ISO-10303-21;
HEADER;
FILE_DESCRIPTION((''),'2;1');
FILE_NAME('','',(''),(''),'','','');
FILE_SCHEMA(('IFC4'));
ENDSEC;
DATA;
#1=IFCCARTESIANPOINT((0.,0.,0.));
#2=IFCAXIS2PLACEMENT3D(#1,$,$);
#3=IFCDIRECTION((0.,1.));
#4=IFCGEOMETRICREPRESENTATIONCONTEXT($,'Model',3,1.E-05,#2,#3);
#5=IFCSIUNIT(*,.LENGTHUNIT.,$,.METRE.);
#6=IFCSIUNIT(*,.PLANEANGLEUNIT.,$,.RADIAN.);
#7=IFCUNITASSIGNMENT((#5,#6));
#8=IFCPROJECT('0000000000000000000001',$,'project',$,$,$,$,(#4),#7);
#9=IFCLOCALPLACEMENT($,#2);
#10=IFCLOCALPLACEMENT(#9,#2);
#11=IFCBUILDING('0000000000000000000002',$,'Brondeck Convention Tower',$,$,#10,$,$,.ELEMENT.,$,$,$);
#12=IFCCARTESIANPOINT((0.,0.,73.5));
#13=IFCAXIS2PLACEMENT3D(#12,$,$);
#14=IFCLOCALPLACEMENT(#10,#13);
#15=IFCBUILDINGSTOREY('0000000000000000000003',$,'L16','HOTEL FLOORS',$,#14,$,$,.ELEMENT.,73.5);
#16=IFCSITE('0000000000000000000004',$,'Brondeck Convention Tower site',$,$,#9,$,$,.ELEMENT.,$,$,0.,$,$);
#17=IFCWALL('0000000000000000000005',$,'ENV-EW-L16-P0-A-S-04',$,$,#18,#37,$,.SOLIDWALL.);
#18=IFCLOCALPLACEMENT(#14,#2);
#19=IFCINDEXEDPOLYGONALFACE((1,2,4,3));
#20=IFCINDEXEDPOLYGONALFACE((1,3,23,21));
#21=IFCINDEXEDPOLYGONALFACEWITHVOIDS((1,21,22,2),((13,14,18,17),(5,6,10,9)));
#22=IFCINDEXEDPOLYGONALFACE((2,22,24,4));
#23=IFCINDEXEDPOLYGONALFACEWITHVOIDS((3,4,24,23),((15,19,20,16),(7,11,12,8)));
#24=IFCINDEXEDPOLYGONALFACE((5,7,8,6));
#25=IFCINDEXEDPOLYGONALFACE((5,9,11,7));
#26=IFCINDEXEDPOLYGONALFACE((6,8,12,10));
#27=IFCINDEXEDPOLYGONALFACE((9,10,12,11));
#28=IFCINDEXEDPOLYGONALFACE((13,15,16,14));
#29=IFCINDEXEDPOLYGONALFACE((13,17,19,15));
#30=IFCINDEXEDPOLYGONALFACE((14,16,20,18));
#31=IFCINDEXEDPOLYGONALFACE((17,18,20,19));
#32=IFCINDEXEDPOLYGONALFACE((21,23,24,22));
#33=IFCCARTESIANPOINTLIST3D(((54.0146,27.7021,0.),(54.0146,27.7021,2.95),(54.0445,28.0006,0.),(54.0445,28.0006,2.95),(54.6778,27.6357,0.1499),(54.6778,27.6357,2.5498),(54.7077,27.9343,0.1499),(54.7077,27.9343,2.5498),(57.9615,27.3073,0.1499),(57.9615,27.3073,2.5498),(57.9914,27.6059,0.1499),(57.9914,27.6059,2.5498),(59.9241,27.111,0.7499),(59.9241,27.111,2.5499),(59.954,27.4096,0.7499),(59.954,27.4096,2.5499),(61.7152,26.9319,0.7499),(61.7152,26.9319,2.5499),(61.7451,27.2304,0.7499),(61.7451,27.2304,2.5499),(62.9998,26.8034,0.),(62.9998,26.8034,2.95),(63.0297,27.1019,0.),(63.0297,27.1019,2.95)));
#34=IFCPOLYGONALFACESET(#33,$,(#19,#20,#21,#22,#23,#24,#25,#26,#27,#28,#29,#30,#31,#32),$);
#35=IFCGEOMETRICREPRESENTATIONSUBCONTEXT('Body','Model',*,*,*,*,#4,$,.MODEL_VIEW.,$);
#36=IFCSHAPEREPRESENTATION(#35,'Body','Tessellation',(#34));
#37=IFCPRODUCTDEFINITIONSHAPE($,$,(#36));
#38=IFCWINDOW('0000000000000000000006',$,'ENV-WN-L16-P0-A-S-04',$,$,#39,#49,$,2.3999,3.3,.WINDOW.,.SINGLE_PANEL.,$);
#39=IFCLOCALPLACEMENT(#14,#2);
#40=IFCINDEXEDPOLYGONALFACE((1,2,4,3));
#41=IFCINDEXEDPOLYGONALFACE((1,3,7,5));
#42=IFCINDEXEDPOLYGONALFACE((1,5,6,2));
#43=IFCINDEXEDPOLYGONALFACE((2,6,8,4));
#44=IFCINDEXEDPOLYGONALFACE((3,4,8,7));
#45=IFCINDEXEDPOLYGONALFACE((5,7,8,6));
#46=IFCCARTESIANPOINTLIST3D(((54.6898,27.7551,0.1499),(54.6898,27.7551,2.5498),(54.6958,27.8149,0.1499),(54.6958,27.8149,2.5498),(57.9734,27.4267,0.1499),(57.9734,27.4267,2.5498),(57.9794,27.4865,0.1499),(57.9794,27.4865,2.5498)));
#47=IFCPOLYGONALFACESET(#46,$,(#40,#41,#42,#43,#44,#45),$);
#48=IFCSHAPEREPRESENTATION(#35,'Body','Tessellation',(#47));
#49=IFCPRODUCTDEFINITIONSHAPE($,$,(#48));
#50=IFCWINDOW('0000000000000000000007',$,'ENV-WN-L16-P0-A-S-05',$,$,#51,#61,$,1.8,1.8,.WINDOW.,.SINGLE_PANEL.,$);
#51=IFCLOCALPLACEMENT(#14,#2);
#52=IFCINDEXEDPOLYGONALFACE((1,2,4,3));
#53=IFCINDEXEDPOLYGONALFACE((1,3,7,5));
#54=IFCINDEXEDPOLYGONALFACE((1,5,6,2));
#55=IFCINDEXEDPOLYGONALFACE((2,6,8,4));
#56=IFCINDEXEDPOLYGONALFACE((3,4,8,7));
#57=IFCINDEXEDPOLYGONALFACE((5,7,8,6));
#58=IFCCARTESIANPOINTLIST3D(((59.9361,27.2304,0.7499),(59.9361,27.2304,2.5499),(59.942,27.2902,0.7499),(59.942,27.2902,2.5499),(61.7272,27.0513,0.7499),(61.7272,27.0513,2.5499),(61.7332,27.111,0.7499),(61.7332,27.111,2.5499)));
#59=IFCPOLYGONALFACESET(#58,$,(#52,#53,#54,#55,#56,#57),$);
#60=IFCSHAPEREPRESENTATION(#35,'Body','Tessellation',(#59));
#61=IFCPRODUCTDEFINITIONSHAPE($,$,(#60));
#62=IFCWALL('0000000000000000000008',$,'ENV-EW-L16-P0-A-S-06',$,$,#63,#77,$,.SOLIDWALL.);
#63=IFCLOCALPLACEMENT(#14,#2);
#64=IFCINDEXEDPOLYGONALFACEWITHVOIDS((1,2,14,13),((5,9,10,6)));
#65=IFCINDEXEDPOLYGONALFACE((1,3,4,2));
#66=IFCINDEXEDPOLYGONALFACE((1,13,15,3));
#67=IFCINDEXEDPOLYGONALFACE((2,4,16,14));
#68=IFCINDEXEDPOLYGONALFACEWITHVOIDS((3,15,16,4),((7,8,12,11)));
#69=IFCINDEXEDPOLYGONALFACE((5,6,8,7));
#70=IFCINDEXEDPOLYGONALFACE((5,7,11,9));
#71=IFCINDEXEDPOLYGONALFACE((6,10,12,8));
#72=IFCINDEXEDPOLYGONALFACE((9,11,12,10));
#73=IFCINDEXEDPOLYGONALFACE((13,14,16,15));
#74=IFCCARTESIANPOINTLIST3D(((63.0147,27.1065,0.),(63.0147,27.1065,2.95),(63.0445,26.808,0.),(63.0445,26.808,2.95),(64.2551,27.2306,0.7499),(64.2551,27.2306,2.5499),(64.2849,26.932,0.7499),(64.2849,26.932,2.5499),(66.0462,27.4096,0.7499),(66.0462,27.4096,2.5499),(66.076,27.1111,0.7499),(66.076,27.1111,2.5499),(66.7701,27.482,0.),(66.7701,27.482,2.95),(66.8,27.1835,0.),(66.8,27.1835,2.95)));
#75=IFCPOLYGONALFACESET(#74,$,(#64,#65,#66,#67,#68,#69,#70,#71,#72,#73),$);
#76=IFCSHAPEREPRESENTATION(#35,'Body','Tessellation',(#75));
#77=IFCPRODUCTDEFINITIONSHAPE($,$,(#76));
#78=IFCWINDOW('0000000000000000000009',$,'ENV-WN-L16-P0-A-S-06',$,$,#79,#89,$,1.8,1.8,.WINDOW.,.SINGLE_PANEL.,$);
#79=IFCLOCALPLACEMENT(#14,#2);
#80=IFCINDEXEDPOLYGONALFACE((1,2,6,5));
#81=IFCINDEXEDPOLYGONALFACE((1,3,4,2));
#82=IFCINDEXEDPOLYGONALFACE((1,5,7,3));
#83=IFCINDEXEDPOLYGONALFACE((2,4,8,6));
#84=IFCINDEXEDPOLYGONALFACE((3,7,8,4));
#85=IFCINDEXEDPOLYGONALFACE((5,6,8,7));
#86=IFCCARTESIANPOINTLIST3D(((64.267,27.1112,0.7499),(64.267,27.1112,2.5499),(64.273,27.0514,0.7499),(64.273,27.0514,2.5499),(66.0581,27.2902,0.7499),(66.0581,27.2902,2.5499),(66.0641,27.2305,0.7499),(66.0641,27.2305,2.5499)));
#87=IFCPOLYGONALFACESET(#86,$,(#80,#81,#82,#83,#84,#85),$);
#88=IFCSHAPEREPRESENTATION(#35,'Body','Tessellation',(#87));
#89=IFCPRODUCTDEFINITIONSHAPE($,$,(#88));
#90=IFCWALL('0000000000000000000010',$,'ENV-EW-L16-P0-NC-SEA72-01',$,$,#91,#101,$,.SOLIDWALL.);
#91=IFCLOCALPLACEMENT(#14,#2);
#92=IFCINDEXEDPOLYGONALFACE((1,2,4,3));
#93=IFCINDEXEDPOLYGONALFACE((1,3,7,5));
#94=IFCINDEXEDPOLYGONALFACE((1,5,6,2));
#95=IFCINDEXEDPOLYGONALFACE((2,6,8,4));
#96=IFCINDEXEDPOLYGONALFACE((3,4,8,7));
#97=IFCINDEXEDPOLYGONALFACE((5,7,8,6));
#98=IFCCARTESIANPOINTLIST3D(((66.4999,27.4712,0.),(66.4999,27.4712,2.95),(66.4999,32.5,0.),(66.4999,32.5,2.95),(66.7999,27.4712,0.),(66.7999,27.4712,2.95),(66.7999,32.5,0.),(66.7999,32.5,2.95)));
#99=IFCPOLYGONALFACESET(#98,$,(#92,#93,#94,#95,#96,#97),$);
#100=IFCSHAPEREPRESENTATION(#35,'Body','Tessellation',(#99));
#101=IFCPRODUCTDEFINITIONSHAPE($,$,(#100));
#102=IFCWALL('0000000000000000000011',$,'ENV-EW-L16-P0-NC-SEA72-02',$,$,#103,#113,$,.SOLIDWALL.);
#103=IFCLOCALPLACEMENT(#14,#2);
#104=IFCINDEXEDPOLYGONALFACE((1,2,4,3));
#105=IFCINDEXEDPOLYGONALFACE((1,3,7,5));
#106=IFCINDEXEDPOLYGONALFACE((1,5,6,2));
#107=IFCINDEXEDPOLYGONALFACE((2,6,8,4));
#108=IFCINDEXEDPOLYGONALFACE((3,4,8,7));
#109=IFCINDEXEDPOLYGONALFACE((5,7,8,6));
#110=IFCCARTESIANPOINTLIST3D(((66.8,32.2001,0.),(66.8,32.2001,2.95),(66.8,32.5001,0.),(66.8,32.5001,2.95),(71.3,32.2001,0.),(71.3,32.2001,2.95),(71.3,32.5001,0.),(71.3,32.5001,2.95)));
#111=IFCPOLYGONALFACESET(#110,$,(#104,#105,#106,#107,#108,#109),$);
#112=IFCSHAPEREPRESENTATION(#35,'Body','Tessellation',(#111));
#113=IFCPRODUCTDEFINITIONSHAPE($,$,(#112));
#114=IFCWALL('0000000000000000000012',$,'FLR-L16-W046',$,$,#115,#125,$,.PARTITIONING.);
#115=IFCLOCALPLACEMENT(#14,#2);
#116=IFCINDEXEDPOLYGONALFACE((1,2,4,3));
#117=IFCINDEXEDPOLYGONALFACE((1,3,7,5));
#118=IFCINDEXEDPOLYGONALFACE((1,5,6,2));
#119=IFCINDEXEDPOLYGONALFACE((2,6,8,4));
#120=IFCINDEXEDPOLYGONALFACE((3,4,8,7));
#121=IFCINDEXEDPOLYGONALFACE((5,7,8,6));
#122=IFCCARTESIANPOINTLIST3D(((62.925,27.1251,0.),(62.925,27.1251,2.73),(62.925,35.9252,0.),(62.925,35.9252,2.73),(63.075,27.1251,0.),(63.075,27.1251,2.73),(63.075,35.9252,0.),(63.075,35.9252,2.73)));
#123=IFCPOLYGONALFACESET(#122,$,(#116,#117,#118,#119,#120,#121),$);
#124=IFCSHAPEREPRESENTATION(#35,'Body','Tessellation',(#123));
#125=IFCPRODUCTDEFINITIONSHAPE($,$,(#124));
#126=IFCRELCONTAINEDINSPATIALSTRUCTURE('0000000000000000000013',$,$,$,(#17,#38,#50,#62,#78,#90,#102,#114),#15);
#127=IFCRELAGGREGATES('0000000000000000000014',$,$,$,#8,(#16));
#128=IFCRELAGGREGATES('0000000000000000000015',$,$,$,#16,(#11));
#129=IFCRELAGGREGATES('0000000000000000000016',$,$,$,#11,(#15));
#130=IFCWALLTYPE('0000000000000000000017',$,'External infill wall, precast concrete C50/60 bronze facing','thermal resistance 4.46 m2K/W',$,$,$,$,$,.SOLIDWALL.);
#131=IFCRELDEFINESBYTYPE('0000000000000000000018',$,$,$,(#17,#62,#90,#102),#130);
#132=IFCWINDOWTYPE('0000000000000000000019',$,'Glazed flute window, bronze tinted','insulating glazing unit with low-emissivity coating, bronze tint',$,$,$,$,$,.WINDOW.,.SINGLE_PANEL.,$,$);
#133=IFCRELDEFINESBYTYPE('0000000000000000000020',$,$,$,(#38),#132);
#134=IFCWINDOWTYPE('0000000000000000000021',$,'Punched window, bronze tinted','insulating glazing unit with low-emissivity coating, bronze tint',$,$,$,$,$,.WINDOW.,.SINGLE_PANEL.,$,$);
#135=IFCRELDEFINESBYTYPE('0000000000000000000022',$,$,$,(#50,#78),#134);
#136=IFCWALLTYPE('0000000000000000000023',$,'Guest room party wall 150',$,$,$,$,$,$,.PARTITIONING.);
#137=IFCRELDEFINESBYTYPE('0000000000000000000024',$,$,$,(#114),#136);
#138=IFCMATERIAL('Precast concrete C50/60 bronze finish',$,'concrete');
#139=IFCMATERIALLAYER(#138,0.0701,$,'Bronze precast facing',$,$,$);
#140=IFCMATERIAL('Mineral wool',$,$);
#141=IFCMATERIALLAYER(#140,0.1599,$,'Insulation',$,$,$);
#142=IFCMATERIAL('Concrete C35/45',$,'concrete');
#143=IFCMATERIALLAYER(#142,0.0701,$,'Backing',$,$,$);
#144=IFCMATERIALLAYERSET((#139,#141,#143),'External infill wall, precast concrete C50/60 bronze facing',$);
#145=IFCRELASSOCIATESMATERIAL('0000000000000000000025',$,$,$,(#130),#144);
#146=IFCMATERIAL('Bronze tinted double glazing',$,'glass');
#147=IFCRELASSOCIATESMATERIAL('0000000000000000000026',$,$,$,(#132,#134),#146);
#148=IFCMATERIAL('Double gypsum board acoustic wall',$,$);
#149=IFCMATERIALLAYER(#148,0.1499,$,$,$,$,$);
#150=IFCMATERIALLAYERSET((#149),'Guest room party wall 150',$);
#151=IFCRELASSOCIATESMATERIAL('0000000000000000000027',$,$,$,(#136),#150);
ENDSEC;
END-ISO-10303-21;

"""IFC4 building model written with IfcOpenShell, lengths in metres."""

from ifc_helpers import new_model, si_unit, direction, frame, frame_2d, origin, place, context, subcontext, project, spatial, rectangle, extrude, material, layer, layer_set, type_object, element, fill, save


model = new_model("IFC4")

# Units and contexts
model_context = context("Model", 3, precision=1e-05, world=origin(), true_north=direction((0.0, 1.0)))
body_context = subcontext(model_context, "Body", "Model", "MODEL_VIEW")
ifc_project = project(units=[si_unit("LENGTHUNIT", "METRE"), si_unit("PLANEANGLEUNIT", "RADIAN")], contexts=[model_context])

# Site, building, storey
site_placement = place(None, origin())
site = spatial("IfcSite", under=ifc_project, at=site_placement, Name="Brondeck Convention Tower site", CompositionType="ELEMENT", RefElevation=0.0)
building_placement = place(site_placement, origin())
building = spatial("IfcBuilding", under=site, at=building_placement, Name="Brondeck Convention Tower", CompositionType="ELEMENT")
storey_placement = place(building_placement, frame((0.0, 0.0, 73.5)))
storey = spatial("IfcBuildingStorey", under=building, at=storey_placement, Name="L16", Description="HOTEL FLOORS", CompositionType="ELEMENT", Elevation=73.5)

# Wall, openings, windows
ifc_material_1 = material(Name="Precast concrete C50/60 bronze finish", Category="concrete")
ifc_layer_1 = layer(ifc_material_1, 0.0701, Name="Bronze precast facing")
ifc_material_2 = material(Name="Mineral wool")
ifc_layer_2 = layer(ifc_material_2, 0.1599, Name="Insulation")
ifc_material_3 = material(Name="Concrete C35/45", Category="concrete")
ifc_layer_3 = layer(ifc_material_3, 0.0701, Name="Backing")
ifc_layer_set_1 = layer_set([ifc_layer_1, ifc_layer_2, ifc_layer_3], Name="External infill wall, precast concrete C50/60 bronze facing")
wall_type_1 = type_object("IfcWallType", Name="External infill wall, precast concrete C50/60 bronze facing", Description="thermal resistance 4.46 m2K/W", PredefinedType="SOLIDWALL", material=ifc_layer_set_1)
wall_1_placement = place(storey_placement, frame((63.0149, 26.9526, 0.0), z_axis=(0.0, 0.0, 1.0), x_axis=(-0.995035, 0.099522, 0.0)))
wall_1 = element("IfcWall", 1, at=wall_1_placement, inside=storey, type_object=wall_type_1, Name="ENV-EW-L16-P0-A-S-04", PredefinedType="SOLIDWALL", context=body_context, shape_type="SweptSolid", body=[
    extrude(rectangle(XDim=9.03, YDim=0.3, at=frame_2d((4.5151, 0.0))), origin(), (0.0, 0.0, 1.0), 2.95),
])
opening_1_placement = place(wall_1_placement, frame((1.2913, 0.0, 0.75)))
opening_1 = element("IfcOpeningElement", 2, at=opening_1_placement, cuts=wall_1, PredefinedType="OPENING", context=body_context, shape_type="SweptSolid", body=[
    extrude(rectangle(XDim=1.8, YDim=1.8, at=frame_2d((0.8999, 0.8999))), frame((0.0, 0.1599, 0.0), z_axis=(0.0, -1.0, 0.0), x_axis=(1.0, 0.0, 0.0)), (0.0, 0.0, 1.0), 0.3201),
])
opening_2_placement = place(wall_1_placement, frame((5.0637, 0.0, 0.1499)))
opening_2 = element("IfcOpeningElement", 3, at=opening_2_placement, cuts=wall_1, PredefinedType="OPENING", context=body_context, shape_type="SweptSolid", body=[
    extrude(rectangle(XDim=3.3, YDim=2.3999, at=frame_2d((1.6499, 1.2))), frame((0.0, 0.1599, 0.0), z_axis=(0.0, -1.0, 0.0), x_axis=(1.0, 0.0, 0.0)), (0.0, 0.0, 1.0), 0.3201),
])
ifc_material_4 = material(Name="Bronze tinted double glazing", Category="glass")
window_type_1 = type_object("IfcWindowType", Name="Glazed flute window, bronze tinted", Description="insulating glazing unit with low-emissivity coating, bronze tint", PartitioningType="SINGLE_PANEL", PredefinedType="WINDOW", material=ifc_material_4)
window_1_placement = place(opening_2_placement, origin())
window_1 = element("IfcWindow", 4, at=window_1_placement, inside=storey, type_object=window_type_1, Name="ENV-WN-L16-P0-A-S-04", OverallHeight=2.3999, OverallWidth=3.3, PartitioningType="SINGLE_PANEL", PredefinedType="WINDOW", context=body_context, shape_type="SweptSolid", body=[
    extrude(rectangle(XDim=3.3, YDim=2.3999, at=frame_2d((1.6499, 1.2))), frame((0.0, 0.03, 0.0), z_axis=(0.0, -1.0, 0.0), x_axis=(1.0, 0.0, 0.0)), (0.0, 0.0, 1.0), 0.0601),
])
fill(opening_2, window_1)
window_type_2 = type_object("IfcWindowType", Name="Punched window, bronze tinted", Description="insulating glazing unit with low-emissivity coating, bronze tint", PartitioningType="SINGLE_PANEL", PredefinedType="WINDOW", material=ifc_material_4)
window_2_placement = place(opening_1_placement, origin())
window_2 = element("IfcWindow", 5, at=window_2_placement, inside=storey, type_object=window_type_2, Name="ENV-WN-L16-P0-A-S-05", OverallHeight=1.8, OverallWidth=1.8, PartitioningType="SINGLE_PANEL", PredefinedType="WINDOW", context=body_context, shape_type="SweptSolid", body=[
    extrude(rectangle(XDim=1.8, YDim=1.8, at=frame_2d((0.8999, 0.8999))), frame((0.0, 0.03, 0.0), z_axis=(0.0, -1.0, 0.0), x_axis=(1.0, 0.0, 0.0)), (0.0, 0.0, 1.0), 0.0601),
])
fill(opening_1, window_2)

# Wall, opening, window
wall_2_placement = place(storey_placement, frame((66.7852, 27.3328, 0.0), z_axis=(0.0, 0.0, 1.0), x_axis=(-0.995038, -0.099491, 0.0)))
wall_2 = element("IfcWall", 6, at=wall_2_placement, inside=storey, type_object=wall_type_1, Name="ENV-EW-L16-P0-A-S-06", PredefinedType="SOLIDWALL", context=body_context, shape_type="SweptSolid", body=[
    extrude(rectangle(XDim=3.7742, YDim=0.3, at=frame_2d((1.8872, 0.0))), origin(), (0.0, 0.0, 1.0), 2.95),
])
opening_3_placement = place(wall_2_placement, frame((0.7278, 0.0, 0.75)))
opening_3 = element("IfcOpeningElement", 7, at=opening_3_placement, cuts=wall_2, PredefinedType="OPENING", context=body_context, shape_type="SweptSolid", body=[
    extrude(rectangle(XDim=1.8, YDim=1.8, at=frame_2d((0.8999, 0.8999))), frame((0.0, 0.1599, 0.0), z_axis=(0.0, -1.0, 0.0), x_axis=(1.0, 0.0, 0.0)), (0.0, 0.0, 1.0), 0.3201),
])
window_3_placement = place(opening_3_placement, origin())
window_3 = element("IfcWindow", 8, at=window_3_placement, inside=storey, type_object=window_type_2, Name="ENV-WN-L16-P0-A-S-06", OverallHeight=1.8, OverallWidth=1.8, PartitioningType="SINGLE_PANEL", PredefinedType="WINDOW", context=body_context, shape_type="SweptSolid", body=[
    extrude(rectangle(XDim=1.8, YDim=1.8, at=frame_2d((0.8999, 0.8999))), frame((0.0, 0.03, 0.0), z_axis=(0.0, -1.0, 0.0), x_axis=(1.0, 0.0, 0.0)), (0.0, 0.0, 1.0), 0.0601),
])
fill(opening_3, window_3)

# Walls
wall_3_placement = place(storey_placement, frame((66.6499, 32.5, 0.0), z_axis=(0.0, 0.0, 1.0), x_axis=(0.0, -1.0, 0.0)))
element("IfcWall", 9, at=wall_3_placement, inside=storey, type_object=wall_type_1, Name="ENV-EW-L16-P0-NC-SEA72-01", PredefinedType="SOLIDWALL", context=body_context, shape_type="SweptSolid", body=[
    extrude(rectangle(XDim=5.0288, YDim=0.3, at=frame_2d((2.5144, 0.0))), origin(), (0.0, 0.0, 1.0), 2.95),
])
wall_4_placement = place(storey_placement, frame((71.3, 32.3501, 0.0), z_axis=(0.0, 0.0, 1.0), x_axis=(-1.0, 0.0, 0.0)))
element("IfcWall", 10, at=wall_4_placement, inside=storey, type_object=wall_type_1, Name="ENV-EW-L16-P0-NC-SEA72-02", PredefinedType="SOLIDWALL", context=body_context, shape_type="SweptSolid", body=[
    extrude(rectangle(XDim=4.5, YDim=0.3, at=frame_2d((2.25, 0.0))), origin(), (0.0, 0.0, 1.0), 2.95),
])
ifc_material_5 = material(Name="Double gypsum board acoustic wall")
ifc_layer_4 = layer(ifc_material_5, 0.1499)
ifc_layer_set_2 = layer_set([ifc_layer_4], Name="Guest room party wall 150")
wall_type_2 = type_object("IfcWallType", Name="Guest room party wall 150", PredefinedType="PARTITIONING", material=ifc_layer_set_2)
wall_5_placement = place(storey_placement, frame((63.0, 35.925, 0.0), z_axis=(0.0, 0.0, 1.0), x_axis=(0.0, -1.0, 0.0)))
element("IfcWall", 11, at=wall_5_placement, inside=storey, type_object=wall_type_2, Name="FLR-L16-W046", PredefinedType="PARTITIONING", context=body_context, shape_type="SweptSolid", body=[
    extrude(rectangle(XDim=8.8, YDim=0.1499, at=frame_2d((4.3999, 0.0))), origin(), (0.0, 0.0, 1.0), 2.73),
])

save(model, "model.ifc")
